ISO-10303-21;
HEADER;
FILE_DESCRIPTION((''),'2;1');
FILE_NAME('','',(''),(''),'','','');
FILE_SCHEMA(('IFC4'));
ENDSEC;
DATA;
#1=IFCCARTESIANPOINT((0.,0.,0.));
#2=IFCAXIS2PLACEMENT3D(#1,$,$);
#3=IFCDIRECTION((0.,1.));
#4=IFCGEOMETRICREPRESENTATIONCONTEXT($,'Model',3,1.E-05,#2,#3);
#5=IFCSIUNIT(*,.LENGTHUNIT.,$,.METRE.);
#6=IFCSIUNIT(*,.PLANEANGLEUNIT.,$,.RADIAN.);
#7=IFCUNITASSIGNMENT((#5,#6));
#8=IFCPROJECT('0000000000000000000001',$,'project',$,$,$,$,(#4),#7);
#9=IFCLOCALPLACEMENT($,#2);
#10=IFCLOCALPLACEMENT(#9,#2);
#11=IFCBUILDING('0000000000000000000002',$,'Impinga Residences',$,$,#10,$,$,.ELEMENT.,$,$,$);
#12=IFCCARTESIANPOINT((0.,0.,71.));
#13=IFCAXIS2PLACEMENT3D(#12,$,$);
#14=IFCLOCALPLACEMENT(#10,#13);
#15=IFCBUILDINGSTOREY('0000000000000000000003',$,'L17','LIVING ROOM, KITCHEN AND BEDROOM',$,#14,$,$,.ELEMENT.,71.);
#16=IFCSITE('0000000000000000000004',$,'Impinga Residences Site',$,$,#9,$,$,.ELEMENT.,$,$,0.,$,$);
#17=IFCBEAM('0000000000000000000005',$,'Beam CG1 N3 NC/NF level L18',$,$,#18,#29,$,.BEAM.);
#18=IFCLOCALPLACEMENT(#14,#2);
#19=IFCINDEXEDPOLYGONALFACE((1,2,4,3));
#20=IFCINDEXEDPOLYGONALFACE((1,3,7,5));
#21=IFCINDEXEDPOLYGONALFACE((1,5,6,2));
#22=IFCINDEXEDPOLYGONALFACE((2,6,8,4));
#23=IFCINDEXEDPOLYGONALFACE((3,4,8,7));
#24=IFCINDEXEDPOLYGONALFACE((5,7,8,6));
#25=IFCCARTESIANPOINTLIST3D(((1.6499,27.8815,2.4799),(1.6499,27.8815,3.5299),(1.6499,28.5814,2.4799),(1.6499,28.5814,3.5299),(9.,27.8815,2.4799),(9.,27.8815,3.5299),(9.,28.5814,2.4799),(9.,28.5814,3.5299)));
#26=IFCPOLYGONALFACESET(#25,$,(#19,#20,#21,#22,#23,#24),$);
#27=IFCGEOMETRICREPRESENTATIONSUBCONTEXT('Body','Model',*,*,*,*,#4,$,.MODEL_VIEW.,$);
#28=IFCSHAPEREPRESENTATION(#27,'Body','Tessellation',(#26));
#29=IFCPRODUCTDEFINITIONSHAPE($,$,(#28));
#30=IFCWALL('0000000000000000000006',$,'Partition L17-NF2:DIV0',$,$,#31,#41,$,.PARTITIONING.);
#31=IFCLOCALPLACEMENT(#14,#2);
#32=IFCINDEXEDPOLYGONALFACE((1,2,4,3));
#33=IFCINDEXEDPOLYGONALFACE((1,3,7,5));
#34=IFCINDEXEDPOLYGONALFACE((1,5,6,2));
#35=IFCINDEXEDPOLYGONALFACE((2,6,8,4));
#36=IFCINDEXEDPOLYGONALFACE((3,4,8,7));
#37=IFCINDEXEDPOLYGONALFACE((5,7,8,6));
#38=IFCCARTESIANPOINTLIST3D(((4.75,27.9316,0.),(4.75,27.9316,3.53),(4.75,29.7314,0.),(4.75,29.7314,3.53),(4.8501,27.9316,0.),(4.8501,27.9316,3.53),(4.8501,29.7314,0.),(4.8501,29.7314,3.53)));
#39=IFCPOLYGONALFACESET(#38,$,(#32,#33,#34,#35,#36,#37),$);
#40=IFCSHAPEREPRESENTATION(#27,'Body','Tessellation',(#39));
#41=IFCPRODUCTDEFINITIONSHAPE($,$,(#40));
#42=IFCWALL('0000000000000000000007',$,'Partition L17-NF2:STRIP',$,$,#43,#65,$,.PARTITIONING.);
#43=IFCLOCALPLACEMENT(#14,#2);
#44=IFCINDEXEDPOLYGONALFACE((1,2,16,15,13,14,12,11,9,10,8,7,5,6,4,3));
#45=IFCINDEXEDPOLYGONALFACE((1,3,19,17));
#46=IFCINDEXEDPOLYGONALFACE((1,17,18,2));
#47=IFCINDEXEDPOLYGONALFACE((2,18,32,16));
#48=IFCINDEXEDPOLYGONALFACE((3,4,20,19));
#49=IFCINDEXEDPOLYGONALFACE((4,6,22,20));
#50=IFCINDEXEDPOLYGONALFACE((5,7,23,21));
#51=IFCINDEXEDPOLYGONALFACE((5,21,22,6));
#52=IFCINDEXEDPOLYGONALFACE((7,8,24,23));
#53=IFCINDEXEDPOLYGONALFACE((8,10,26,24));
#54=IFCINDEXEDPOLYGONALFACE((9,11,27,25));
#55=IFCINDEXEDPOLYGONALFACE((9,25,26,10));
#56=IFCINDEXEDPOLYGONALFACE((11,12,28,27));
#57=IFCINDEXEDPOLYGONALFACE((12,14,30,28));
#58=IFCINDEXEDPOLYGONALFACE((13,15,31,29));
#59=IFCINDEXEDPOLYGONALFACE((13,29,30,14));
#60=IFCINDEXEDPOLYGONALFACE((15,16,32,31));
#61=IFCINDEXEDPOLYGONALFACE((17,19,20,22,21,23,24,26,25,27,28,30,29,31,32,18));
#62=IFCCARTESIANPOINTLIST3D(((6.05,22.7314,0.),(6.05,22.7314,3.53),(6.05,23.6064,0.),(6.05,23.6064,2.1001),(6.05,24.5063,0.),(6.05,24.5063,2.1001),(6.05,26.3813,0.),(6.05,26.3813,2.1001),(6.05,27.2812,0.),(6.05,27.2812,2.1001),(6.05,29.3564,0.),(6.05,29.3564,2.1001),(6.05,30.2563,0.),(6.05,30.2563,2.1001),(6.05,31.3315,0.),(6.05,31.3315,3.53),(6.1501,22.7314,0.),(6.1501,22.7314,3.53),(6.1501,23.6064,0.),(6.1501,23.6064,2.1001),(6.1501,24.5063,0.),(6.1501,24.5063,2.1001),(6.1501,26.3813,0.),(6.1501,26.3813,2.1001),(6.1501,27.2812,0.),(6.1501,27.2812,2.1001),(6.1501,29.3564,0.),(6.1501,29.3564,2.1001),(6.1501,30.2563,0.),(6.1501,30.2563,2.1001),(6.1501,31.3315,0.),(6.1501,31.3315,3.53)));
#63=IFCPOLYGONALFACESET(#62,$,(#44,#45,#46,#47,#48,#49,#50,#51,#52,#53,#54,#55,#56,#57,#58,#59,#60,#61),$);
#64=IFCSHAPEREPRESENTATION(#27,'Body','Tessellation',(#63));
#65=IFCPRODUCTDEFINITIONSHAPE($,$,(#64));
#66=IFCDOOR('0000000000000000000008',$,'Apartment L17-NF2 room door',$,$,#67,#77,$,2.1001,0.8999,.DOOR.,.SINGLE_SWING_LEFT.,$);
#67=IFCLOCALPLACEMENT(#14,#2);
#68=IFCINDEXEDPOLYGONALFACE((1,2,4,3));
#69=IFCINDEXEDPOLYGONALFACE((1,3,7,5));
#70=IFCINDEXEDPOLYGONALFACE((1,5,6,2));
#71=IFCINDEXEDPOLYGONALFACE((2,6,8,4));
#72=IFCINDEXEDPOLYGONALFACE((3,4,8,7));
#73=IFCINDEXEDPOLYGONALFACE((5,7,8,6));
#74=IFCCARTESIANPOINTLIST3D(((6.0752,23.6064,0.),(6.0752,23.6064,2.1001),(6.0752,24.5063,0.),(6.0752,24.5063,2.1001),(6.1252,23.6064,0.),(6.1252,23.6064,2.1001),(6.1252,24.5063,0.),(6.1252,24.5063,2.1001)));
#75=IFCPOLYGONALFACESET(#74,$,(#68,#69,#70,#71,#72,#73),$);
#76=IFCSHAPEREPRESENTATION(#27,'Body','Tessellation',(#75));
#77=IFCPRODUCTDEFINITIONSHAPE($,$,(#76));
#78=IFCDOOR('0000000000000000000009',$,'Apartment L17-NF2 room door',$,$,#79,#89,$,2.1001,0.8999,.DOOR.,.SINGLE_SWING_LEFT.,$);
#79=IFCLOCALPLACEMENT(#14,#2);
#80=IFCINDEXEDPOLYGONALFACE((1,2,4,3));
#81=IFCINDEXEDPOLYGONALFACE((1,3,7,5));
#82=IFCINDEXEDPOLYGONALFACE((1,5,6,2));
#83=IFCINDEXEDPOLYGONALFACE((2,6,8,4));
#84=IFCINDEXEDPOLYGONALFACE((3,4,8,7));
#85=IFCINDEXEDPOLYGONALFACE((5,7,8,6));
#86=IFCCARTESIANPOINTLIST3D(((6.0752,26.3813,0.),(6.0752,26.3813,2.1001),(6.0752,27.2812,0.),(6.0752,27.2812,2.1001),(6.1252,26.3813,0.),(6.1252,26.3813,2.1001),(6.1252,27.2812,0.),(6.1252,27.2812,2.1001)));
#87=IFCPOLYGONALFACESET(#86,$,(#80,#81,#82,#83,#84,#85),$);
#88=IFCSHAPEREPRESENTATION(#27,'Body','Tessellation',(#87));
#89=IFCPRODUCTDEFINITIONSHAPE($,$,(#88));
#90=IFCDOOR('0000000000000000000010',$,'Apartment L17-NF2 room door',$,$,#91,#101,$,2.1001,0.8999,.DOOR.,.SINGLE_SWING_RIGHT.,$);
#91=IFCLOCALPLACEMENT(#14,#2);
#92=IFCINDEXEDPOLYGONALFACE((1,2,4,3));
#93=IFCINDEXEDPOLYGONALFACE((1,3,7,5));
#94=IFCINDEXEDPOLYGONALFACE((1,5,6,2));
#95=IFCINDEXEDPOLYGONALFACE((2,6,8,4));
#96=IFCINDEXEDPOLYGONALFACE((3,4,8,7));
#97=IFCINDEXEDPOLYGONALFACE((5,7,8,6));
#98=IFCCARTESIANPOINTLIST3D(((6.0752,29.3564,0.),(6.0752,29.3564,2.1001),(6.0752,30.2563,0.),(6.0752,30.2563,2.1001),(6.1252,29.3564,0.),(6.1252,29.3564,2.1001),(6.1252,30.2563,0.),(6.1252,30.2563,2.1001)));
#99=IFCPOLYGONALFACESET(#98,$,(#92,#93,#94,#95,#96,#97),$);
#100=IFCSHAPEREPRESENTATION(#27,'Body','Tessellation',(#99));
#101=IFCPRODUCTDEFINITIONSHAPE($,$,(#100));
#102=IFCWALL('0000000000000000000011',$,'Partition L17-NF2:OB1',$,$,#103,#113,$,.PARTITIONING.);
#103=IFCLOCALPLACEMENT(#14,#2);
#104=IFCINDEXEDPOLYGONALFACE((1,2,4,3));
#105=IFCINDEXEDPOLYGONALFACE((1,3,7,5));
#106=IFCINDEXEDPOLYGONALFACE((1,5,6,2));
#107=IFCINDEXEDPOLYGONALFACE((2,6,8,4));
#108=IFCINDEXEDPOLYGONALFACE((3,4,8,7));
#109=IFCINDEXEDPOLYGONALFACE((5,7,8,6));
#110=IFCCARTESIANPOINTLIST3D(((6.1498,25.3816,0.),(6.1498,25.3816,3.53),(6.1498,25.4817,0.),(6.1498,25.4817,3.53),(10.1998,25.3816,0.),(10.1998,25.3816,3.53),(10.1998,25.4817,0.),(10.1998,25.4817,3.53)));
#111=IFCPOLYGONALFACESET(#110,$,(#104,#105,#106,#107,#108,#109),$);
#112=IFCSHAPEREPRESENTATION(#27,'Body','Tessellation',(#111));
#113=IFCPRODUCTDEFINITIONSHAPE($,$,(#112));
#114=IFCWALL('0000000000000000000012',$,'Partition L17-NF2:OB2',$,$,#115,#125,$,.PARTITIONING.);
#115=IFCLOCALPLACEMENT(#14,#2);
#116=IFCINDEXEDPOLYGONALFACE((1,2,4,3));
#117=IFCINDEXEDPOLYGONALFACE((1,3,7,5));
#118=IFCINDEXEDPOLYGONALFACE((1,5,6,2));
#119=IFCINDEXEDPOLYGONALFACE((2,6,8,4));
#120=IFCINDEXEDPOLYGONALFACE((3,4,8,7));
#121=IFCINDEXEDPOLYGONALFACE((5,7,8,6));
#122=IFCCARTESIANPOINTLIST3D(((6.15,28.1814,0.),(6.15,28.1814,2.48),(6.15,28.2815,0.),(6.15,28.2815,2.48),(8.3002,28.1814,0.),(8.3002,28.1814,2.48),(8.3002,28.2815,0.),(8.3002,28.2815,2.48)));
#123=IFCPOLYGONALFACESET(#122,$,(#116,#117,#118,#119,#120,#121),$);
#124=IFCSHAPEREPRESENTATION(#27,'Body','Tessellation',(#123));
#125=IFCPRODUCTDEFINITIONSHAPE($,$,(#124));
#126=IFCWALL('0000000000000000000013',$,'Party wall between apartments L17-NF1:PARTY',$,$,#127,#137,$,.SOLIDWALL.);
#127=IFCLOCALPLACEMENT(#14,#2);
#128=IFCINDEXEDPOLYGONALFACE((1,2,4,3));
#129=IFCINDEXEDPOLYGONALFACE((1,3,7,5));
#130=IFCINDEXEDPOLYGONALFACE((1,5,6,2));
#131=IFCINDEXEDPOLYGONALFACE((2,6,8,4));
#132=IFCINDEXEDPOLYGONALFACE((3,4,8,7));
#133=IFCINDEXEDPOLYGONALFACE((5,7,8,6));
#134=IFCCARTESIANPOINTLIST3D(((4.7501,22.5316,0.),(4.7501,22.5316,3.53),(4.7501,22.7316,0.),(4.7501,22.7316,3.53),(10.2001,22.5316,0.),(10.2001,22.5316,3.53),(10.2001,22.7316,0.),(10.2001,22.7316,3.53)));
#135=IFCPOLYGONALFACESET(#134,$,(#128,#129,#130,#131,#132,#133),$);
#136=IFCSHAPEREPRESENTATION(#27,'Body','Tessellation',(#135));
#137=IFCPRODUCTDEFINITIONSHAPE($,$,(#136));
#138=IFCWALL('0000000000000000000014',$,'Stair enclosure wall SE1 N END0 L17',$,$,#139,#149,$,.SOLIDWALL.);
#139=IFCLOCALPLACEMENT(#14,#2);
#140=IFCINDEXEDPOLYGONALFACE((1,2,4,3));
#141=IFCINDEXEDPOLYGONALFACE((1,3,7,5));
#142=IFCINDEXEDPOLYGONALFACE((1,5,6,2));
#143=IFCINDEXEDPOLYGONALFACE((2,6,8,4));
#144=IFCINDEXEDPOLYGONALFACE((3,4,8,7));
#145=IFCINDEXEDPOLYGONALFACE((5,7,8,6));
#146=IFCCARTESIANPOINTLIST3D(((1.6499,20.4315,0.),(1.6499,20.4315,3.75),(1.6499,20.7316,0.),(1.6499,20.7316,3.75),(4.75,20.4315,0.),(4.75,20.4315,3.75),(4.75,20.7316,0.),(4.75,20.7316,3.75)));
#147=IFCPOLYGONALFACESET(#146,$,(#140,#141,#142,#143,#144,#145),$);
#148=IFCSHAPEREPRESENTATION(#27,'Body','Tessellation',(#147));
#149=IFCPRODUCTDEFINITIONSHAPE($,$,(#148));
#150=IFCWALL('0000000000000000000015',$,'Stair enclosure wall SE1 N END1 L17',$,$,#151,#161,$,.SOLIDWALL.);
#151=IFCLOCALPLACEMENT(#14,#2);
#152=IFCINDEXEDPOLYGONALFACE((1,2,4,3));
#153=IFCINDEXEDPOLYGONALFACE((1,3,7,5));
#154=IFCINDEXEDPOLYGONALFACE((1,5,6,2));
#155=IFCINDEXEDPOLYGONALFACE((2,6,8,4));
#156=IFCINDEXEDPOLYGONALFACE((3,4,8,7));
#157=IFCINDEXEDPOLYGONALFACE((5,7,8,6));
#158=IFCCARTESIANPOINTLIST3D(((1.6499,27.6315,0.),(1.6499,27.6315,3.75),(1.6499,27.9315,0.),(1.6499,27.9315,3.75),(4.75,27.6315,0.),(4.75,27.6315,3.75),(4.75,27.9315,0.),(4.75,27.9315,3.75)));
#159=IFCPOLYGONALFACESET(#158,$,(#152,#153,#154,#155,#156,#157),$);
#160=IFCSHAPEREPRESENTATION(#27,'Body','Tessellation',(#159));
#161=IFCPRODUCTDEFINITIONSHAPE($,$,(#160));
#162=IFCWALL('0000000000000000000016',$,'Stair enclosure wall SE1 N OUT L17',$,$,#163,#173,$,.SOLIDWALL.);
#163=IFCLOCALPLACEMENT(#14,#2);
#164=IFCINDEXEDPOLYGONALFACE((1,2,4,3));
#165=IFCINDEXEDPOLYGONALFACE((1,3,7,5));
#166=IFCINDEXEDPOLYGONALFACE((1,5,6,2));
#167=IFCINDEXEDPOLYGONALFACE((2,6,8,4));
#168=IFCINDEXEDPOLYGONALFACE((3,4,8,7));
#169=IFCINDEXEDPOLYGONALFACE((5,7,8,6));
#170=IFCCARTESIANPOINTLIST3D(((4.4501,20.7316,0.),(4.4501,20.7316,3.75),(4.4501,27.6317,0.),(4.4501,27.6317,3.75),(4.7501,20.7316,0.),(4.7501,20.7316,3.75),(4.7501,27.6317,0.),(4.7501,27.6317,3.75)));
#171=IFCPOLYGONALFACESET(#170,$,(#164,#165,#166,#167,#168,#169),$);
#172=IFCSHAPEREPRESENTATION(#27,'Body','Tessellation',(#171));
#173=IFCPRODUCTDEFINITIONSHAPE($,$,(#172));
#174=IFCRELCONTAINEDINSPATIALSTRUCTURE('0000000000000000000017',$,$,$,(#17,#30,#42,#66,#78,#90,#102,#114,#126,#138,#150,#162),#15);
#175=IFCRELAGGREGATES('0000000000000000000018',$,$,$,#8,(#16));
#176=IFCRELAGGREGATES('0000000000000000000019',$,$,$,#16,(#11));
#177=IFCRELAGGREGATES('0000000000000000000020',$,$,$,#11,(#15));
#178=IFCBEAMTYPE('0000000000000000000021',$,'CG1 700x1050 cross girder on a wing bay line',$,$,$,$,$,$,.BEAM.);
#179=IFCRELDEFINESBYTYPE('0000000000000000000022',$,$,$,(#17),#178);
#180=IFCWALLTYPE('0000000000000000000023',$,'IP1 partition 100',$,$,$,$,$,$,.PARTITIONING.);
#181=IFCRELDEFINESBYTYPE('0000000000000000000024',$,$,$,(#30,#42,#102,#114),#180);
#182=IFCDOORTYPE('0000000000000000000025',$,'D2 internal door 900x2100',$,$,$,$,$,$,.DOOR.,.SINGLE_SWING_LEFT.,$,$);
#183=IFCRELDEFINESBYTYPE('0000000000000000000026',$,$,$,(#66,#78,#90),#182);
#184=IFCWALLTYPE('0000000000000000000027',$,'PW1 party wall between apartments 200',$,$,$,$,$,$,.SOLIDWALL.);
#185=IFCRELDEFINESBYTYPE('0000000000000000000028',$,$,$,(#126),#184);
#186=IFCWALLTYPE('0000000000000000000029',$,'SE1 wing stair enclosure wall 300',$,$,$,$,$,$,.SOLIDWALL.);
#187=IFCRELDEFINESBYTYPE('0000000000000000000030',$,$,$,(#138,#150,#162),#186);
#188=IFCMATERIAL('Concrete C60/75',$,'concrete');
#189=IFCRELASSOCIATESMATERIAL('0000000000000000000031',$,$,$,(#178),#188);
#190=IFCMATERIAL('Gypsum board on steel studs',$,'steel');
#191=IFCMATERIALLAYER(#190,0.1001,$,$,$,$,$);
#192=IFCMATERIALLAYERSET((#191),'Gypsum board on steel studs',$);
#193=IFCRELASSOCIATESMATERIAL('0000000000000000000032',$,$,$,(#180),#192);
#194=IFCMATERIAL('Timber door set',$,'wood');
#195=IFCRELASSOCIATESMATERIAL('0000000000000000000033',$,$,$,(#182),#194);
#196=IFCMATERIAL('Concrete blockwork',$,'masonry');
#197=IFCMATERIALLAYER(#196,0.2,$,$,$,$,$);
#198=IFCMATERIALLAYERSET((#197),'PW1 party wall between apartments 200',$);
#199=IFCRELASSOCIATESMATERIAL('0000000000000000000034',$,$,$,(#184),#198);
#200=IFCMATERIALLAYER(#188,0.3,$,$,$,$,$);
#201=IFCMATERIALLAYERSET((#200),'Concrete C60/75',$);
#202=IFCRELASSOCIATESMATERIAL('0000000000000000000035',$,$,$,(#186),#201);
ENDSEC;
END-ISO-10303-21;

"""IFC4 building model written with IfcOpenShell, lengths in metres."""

from ifc_helpers import new_model, si_unit, direction, frame, frame_2d, origin, origin_2d, place, context, subcontext, project, spatial, rectangle, extrude, material, layer, layer_set, material_profile, profile_set, type_object, element, fill, save


model = new_model("IFC4")

# Units and contexts
model_context = context("Model", 3, precision=1e-05, world=origin(), true_north=direction((0.0, 1.0)))
body_context = subcontext(model_context, "Body", "Model", "MODEL_VIEW")
ifc_project = project(units=[si_unit("LENGTHUNIT", "METRE"), si_unit("PLANEANGLEUNIT", "RADIAN")], contexts=[model_context])

# Site, building, storey
site_placement = place(None, origin())
site = spatial("IfcSite", under=ifc_project, at=site_placement, Name="Impinga Residences Site", CompositionType="ELEMENT", RefElevation=0.0)
building_placement = place(site_placement, origin())
building = spatial("IfcBuilding", under=site, at=building_placement, Name="Impinga Residences", CompositionType="ELEMENT")
storey_placement = place(building_placement, frame((0.0, 0.0, 71.0)))
storey = spatial("IfcBuildingStorey", under=building, at=storey_placement, Name="L17", Description="LIVING ROOM, KITCHEN AND BEDROOM", CompositionType="ELEMENT", Elevation=71.0)

# Beam
ifc_material_1 = material(Name="Concrete C60/75", Category="concrete")
ifc_material_profile = material_profile(ifc_material_1, rectangle(XDim=0.7, YDim=1.05, at=origin_2d()), Name="RC 700x1050")
ifc_profile_set = profile_set([ifc_material_profile], Name="Concrete C60/75")
beam_type = type_object("IfcBeamType", Name="CG1 700x1050 cross girder on a wing bay line", PredefinedType="BEAM", material=ifc_profile_set)
beam_placement = place(storey_placement, frame((1.6499, 28.2314, 3.0049), z_axis=(1.0, 0.0, 0.0), x_axis=(0.0, 1.0, 0.0)))
element("IfcBeam", 1, at=beam_placement, inside=storey, type_object=beam_type, Name="Beam CG1 N3 NC/NF level L18", PredefinedType="BEAM", context=body_context, shape_type="SweptSolid", body=[
    extrude(rectangle(XDim=0.7, YDim=1.05, at=origin_2d()), origin(), (0.0, 0.0, 1.0), 7.3501),
])

# Wall
ifc_material_2 = material(Name="Gypsum board on steel studs", Category="steel")
ifc_layer_1 = layer(ifc_material_2, 0.1001)
ifc_layer_set_1 = layer_set([ifc_layer_1], Name="Gypsum board on steel studs")
wall_type_1 = type_object("IfcWallType", Name="IP1 partition 100", PredefinedType="PARTITIONING", material=ifc_layer_set_1)
wall_1_placement = place(storey_placement, frame((4.8, 27.9316, 0.0), z_axis=(0.0, 0.0, 1.0), x_axis=(0.0, 1.0, 0.0)))
element("IfcWall", 2, at=wall_1_placement, inside=storey, type_object=wall_type_1, Name="Partition L17-NF2:DIV0", PredefinedType="PARTITIONING", context=body_context, shape_type="SweptSolid", body=[
    extrude(rectangle(XDim=1.7998, YDim=0.1001, at=frame_2d((0.8999, 0.0))), origin(), (0.0, 0.0, 1.0), 3.53),
])

# Wall, openings, doors
wall_2_placement = place(storey_placement, frame((6.1001, 22.7314, 0.0), z_axis=(0.0, 0.0, 1.0), x_axis=(0.0, 1.0, 0.0)))
wall_2 = element("IfcWall", 3, at=wall_2_placement, inside=storey, type_object=wall_type_1, Name="Partition L17-NF2:STRIP", PredefinedType="PARTITIONING", context=body_context, shape_type="SweptSolid", body=[
    extrude(rectangle(XDim=8.6001, YDim=0.1001, at=frame_2d((4.3, 0.0))), origin(), (0.0, 0.0, 1.0), 3.53),
])
opening_1_placement = place(wall_2_placement, frame((0.875, 0.0, 0.0)))
opening_1 = element("IfcOpeningElement", 4, at=opening_1_placement, cuts=wall_2, PredefinedType="OPENING", context=body_context, shape_type="SweptSolid", body=[
    extrude(rectangle(XDim=0.8999, YDim=2.1001, at=frame_2d((0.45, 1.05))), frame((0.0, 0.0601, 0.0), z_axis=(0.0, -1.0, 0.0), x_axis=(1.0, 0.0, 0.0)), (0.0, 0.0, 1.0), 0.1201),
])
opening_2_placement = place(wall_2_placement, frame((3.6499, 0.0, 0.0)))
opening_2 = element("IfcOpeningElement", 5, at=opening_2_placement, cuts=wall_2, PredefinedType="OPENING", context=body_context, shape_type="SweptSolid", body=[
    extrude(rectangle(XDim=0.8999, YDim=2.1001, at=frame_2d((0.45, 1.05))), frame((0.0, 0.0601, 0.0), z_axis=(0.0, -1.0, 0.0), x_axis=(1.0, 0.0, 0.0)), (0.0, 0.0, 1.0), 0.1201),
])
opening_3_placement = place(wall_2_placement, frame((6.625, 0.0, 0.0)))
opening_3 = element("IfcOpeningElement", 6, at=opening_3_placement, cuts=wall_2, PredefinedType="OPENING", context=body_context, shape_type="SweptSolid", body=[
    extrude(rectangle(XDim=0.8999, YDim=2.1001, at=frame_2d((0.45, 1.05))), frame((0.0, 0.0601, 0.0), z_axis=(0.0, -1.0, 0.0), x_axis=(1.0, 0.0, 0.0)), (0.0, 0.0, 1.0), 0.1201),
])
ifc_material_3 = material(Name="Timber door set", Category="wood")
door_type = type_object("IfcDoorType", Name="D2 internal door 900x2100", OperationType="SINGLE_SWING_LEFT", PredefinedType="DOOR", material=ifc_material_3)
door_1_placement = place(opening_1_placement, origin())
door_1 = element("IfcDoor", 7, at=door_1_placement, inside=storey, type_object=door_type, Name="Apartment L17-NF2 room door", OperationType="SINGLE_SWING_LEFT", OverallHeight=2.1001, OverallWidth=0.8999, PredefinedType="DOOR", context=body_context, shape_type="SweptSolid", body=[
    extrude(rectangle(XDim=0.8999, YDim=2.1001, at=frame_2d((0.45, 1.05))), frame((0.0, 0.0249, 0.0), z_axis=(0.0, -1.0, 0.0), x_axis=(1.0, 0.0, 0.0)), (0.0, 0.0, 1.0), 0.05),
])
fill(opening_1, door_1)
door_2_placement = place(opening_2_placement, origin())
door_2 = element("IfcDoor", 8, at=door_2_placement, inside=storey, type_object=door_type, Name="Apartment L17-NF2 room door", OperationType="SINGLE_SWING_LEFT", OverallHeight=2.1001, OverallWidth=0.8999, PredefinedType="DOOR", context=body_context, shape_type="SweptSolid", body=[
    extrude(rectangle(XDim=0.8999, YDim=2.1001, at=frame_2d((0.45, 1.05))), frame((0.0, 0.0249, 0.0), z_axis=(0.0, -1.0, 0.0), x_axis=(1.0, 0.0, 0.0)), (0.0, 0.0, 1.0), 0.05),
])
fill(opening_2, door_2)
door_3_placement = place(opening_3_placement, origin())
door_3 = element("IfcDoor", 9, at=door_3_placement, inside=storey, type_object=door_type, Name="Apartment L17-NF2 room door", OperationType="SINGLE_SWING_RIGHT", OverallHeight=2.1001, OverallWidth=0.8999, PredefinedType="DOOR", context=body_context, shape_type="SweptSolid", body=[
    extrude(rectangle(XDim=0.8999, YDim=2.1001, at=frame_2d((0.45, 1.05))), frame((0.0, 0.0249, 0.0), z_axis=(0.0, -1.0, 0.0), x_axis=(1.0, 0.0, 0.0)), (0.0, 0.0, 1.0), 0.05),
])
fill(opening_3, door_3)

# Walls
wall_3_placement = place(storey_placement, frame((6.1499, 25.4316, 0.0), z_axis=(0.0, 0.0, 1.0), x_axis=(1.0, 0.0, 0.0)))
element("IfcWall", 10, at=wall_3_placement, inside=storey, type_object=wall_type_1, Name="Partition L17-NF2:OB1", PredefinedType="PARTITIONING", context=body_context, shape_type="SweptSolid", body=[
    extrude(rectangle(XDim=4.05, YDim=0.1001, at=frame_2d((2.0249, 0.0))), origin(), (0.0, 0.0, 1.0), 3.53),
])
wall_4_placement = place(storey_placement, frame((6.1499, 28.2314, 0.0), z_axis=(0.0, 0.0, 1.0), x_axis=(1.0, 0.0, 0.0)))
element("IfcWall", 11, at=wall_4_placement, inside=storey, type_object=wall_type_1, Name="Partition L17-NF2:OB2", PredefinedType="PARTITIONING", context=body_context, shape_type="SweptSolid", body=[
    extrude(rectangle(XDim=2.1501, YDim=0.1001, at=frame_2d((1.0752, 0.0))), origin(), (0.0, 0.0, 1.0), 2.48),
])
ifc_material_4 = material(Name="Concrete blockwork", Category="masonry")
ifc_layer_2 = layer(ifc_material_4, 0.2)
ifc_layer_set_2 = layer_set([ifc_layer_2], Name="PW1 party wall between apartments 200")
wall_type_2 = type_object("IfcWallType", Name="PW1 party wall between apartments 200", PredefinedType="SOLIDWALL", material=ifc_layer_set_2)
wall_5_placement = place(storey_placement, frame((4.75, 22.6316, 0.0), z_axis=(0.0, 0.0, 1.0), x_axis=(1.0, 0.0, 0.0)))
element("IfcWall", 12, at=wall_5_placement, inside=storey, type_object=wall_type_2, Name="Party wall between apartments L17-NF1:PARTY", PredefinedType="SOLIDWALL", context=body_context, shape_type="SweptSolid", body=[
    extrude(rectangle(XDim=5.45, YDim=0.2, at=frame_2d((2.7251, 0.0))), origin(), (0.0, 0.0, 1.0), 3.53),
])
ifc_layer_3 = layer(ifc_material_1, 0.3)
ifc_layer_set_3 = layer_set([ifc_layer_3], Name="Concrete C60/75")
wall_type_3 = type_object("IfcWallType", Name="SE1 wing stair enclosure wall 300", PredefinedType="SOLIDWALL", material=ifc_layer_set_3)
for number, where, z_axis, x_axis, name in (
    (13, (1.6499, 20.5815, 0.0), (0.0, 0.0, 1.0), (1.0, 0.0, 0.0), "Stair enclosure wall SE1 N END0 L17"),
    (14, (1.6499, 27.7815, 0.0), (0.0, 0.0, 1.0), (1.0, 0.0, 0.0), "Stair enclosure wall SE1 N END1 L17"),
):
    element("IfcWall", number, at=place(storey_placement, frame(where, z_axis=z_axis, x_axis=x_axis)), inside=storey, type_object=wall_type_3, Name=name, PredefinedType="SOLIDWALL", context=body_context, shape_type="SweptSolid", body=[
        extrude(rectangle(XDim=3.1001, YDim=0.3, at=frame_2d((1.55, 0.0))), origin(), (0.0, 0.0, 1.0), 3.75),
    ])
wall_6_placement = place(storey_placement, frame((4.6001, 20.7314, 0.0), z_axis=(0.0, 0.0, 1.0), x_axis=(0.0, 1.0, 0.0)))
element("IfcWall", 15, at=wall_6_placement, inside=storey, type_object=wall_type_3, Name="Stair enclosure wall SE1 N OUT L17", PredefinedType="SOLIDWALL", context=body_context, shape_type="SweptSolid", body=[
    extrude(rectangle(XDim=6.9001, YDim=0.3, at=frame_2d((3.4502, 0.0))), origin(), (0.0, 0.0, 1.0), 3.75),
])

save(model, "model.ifc")
